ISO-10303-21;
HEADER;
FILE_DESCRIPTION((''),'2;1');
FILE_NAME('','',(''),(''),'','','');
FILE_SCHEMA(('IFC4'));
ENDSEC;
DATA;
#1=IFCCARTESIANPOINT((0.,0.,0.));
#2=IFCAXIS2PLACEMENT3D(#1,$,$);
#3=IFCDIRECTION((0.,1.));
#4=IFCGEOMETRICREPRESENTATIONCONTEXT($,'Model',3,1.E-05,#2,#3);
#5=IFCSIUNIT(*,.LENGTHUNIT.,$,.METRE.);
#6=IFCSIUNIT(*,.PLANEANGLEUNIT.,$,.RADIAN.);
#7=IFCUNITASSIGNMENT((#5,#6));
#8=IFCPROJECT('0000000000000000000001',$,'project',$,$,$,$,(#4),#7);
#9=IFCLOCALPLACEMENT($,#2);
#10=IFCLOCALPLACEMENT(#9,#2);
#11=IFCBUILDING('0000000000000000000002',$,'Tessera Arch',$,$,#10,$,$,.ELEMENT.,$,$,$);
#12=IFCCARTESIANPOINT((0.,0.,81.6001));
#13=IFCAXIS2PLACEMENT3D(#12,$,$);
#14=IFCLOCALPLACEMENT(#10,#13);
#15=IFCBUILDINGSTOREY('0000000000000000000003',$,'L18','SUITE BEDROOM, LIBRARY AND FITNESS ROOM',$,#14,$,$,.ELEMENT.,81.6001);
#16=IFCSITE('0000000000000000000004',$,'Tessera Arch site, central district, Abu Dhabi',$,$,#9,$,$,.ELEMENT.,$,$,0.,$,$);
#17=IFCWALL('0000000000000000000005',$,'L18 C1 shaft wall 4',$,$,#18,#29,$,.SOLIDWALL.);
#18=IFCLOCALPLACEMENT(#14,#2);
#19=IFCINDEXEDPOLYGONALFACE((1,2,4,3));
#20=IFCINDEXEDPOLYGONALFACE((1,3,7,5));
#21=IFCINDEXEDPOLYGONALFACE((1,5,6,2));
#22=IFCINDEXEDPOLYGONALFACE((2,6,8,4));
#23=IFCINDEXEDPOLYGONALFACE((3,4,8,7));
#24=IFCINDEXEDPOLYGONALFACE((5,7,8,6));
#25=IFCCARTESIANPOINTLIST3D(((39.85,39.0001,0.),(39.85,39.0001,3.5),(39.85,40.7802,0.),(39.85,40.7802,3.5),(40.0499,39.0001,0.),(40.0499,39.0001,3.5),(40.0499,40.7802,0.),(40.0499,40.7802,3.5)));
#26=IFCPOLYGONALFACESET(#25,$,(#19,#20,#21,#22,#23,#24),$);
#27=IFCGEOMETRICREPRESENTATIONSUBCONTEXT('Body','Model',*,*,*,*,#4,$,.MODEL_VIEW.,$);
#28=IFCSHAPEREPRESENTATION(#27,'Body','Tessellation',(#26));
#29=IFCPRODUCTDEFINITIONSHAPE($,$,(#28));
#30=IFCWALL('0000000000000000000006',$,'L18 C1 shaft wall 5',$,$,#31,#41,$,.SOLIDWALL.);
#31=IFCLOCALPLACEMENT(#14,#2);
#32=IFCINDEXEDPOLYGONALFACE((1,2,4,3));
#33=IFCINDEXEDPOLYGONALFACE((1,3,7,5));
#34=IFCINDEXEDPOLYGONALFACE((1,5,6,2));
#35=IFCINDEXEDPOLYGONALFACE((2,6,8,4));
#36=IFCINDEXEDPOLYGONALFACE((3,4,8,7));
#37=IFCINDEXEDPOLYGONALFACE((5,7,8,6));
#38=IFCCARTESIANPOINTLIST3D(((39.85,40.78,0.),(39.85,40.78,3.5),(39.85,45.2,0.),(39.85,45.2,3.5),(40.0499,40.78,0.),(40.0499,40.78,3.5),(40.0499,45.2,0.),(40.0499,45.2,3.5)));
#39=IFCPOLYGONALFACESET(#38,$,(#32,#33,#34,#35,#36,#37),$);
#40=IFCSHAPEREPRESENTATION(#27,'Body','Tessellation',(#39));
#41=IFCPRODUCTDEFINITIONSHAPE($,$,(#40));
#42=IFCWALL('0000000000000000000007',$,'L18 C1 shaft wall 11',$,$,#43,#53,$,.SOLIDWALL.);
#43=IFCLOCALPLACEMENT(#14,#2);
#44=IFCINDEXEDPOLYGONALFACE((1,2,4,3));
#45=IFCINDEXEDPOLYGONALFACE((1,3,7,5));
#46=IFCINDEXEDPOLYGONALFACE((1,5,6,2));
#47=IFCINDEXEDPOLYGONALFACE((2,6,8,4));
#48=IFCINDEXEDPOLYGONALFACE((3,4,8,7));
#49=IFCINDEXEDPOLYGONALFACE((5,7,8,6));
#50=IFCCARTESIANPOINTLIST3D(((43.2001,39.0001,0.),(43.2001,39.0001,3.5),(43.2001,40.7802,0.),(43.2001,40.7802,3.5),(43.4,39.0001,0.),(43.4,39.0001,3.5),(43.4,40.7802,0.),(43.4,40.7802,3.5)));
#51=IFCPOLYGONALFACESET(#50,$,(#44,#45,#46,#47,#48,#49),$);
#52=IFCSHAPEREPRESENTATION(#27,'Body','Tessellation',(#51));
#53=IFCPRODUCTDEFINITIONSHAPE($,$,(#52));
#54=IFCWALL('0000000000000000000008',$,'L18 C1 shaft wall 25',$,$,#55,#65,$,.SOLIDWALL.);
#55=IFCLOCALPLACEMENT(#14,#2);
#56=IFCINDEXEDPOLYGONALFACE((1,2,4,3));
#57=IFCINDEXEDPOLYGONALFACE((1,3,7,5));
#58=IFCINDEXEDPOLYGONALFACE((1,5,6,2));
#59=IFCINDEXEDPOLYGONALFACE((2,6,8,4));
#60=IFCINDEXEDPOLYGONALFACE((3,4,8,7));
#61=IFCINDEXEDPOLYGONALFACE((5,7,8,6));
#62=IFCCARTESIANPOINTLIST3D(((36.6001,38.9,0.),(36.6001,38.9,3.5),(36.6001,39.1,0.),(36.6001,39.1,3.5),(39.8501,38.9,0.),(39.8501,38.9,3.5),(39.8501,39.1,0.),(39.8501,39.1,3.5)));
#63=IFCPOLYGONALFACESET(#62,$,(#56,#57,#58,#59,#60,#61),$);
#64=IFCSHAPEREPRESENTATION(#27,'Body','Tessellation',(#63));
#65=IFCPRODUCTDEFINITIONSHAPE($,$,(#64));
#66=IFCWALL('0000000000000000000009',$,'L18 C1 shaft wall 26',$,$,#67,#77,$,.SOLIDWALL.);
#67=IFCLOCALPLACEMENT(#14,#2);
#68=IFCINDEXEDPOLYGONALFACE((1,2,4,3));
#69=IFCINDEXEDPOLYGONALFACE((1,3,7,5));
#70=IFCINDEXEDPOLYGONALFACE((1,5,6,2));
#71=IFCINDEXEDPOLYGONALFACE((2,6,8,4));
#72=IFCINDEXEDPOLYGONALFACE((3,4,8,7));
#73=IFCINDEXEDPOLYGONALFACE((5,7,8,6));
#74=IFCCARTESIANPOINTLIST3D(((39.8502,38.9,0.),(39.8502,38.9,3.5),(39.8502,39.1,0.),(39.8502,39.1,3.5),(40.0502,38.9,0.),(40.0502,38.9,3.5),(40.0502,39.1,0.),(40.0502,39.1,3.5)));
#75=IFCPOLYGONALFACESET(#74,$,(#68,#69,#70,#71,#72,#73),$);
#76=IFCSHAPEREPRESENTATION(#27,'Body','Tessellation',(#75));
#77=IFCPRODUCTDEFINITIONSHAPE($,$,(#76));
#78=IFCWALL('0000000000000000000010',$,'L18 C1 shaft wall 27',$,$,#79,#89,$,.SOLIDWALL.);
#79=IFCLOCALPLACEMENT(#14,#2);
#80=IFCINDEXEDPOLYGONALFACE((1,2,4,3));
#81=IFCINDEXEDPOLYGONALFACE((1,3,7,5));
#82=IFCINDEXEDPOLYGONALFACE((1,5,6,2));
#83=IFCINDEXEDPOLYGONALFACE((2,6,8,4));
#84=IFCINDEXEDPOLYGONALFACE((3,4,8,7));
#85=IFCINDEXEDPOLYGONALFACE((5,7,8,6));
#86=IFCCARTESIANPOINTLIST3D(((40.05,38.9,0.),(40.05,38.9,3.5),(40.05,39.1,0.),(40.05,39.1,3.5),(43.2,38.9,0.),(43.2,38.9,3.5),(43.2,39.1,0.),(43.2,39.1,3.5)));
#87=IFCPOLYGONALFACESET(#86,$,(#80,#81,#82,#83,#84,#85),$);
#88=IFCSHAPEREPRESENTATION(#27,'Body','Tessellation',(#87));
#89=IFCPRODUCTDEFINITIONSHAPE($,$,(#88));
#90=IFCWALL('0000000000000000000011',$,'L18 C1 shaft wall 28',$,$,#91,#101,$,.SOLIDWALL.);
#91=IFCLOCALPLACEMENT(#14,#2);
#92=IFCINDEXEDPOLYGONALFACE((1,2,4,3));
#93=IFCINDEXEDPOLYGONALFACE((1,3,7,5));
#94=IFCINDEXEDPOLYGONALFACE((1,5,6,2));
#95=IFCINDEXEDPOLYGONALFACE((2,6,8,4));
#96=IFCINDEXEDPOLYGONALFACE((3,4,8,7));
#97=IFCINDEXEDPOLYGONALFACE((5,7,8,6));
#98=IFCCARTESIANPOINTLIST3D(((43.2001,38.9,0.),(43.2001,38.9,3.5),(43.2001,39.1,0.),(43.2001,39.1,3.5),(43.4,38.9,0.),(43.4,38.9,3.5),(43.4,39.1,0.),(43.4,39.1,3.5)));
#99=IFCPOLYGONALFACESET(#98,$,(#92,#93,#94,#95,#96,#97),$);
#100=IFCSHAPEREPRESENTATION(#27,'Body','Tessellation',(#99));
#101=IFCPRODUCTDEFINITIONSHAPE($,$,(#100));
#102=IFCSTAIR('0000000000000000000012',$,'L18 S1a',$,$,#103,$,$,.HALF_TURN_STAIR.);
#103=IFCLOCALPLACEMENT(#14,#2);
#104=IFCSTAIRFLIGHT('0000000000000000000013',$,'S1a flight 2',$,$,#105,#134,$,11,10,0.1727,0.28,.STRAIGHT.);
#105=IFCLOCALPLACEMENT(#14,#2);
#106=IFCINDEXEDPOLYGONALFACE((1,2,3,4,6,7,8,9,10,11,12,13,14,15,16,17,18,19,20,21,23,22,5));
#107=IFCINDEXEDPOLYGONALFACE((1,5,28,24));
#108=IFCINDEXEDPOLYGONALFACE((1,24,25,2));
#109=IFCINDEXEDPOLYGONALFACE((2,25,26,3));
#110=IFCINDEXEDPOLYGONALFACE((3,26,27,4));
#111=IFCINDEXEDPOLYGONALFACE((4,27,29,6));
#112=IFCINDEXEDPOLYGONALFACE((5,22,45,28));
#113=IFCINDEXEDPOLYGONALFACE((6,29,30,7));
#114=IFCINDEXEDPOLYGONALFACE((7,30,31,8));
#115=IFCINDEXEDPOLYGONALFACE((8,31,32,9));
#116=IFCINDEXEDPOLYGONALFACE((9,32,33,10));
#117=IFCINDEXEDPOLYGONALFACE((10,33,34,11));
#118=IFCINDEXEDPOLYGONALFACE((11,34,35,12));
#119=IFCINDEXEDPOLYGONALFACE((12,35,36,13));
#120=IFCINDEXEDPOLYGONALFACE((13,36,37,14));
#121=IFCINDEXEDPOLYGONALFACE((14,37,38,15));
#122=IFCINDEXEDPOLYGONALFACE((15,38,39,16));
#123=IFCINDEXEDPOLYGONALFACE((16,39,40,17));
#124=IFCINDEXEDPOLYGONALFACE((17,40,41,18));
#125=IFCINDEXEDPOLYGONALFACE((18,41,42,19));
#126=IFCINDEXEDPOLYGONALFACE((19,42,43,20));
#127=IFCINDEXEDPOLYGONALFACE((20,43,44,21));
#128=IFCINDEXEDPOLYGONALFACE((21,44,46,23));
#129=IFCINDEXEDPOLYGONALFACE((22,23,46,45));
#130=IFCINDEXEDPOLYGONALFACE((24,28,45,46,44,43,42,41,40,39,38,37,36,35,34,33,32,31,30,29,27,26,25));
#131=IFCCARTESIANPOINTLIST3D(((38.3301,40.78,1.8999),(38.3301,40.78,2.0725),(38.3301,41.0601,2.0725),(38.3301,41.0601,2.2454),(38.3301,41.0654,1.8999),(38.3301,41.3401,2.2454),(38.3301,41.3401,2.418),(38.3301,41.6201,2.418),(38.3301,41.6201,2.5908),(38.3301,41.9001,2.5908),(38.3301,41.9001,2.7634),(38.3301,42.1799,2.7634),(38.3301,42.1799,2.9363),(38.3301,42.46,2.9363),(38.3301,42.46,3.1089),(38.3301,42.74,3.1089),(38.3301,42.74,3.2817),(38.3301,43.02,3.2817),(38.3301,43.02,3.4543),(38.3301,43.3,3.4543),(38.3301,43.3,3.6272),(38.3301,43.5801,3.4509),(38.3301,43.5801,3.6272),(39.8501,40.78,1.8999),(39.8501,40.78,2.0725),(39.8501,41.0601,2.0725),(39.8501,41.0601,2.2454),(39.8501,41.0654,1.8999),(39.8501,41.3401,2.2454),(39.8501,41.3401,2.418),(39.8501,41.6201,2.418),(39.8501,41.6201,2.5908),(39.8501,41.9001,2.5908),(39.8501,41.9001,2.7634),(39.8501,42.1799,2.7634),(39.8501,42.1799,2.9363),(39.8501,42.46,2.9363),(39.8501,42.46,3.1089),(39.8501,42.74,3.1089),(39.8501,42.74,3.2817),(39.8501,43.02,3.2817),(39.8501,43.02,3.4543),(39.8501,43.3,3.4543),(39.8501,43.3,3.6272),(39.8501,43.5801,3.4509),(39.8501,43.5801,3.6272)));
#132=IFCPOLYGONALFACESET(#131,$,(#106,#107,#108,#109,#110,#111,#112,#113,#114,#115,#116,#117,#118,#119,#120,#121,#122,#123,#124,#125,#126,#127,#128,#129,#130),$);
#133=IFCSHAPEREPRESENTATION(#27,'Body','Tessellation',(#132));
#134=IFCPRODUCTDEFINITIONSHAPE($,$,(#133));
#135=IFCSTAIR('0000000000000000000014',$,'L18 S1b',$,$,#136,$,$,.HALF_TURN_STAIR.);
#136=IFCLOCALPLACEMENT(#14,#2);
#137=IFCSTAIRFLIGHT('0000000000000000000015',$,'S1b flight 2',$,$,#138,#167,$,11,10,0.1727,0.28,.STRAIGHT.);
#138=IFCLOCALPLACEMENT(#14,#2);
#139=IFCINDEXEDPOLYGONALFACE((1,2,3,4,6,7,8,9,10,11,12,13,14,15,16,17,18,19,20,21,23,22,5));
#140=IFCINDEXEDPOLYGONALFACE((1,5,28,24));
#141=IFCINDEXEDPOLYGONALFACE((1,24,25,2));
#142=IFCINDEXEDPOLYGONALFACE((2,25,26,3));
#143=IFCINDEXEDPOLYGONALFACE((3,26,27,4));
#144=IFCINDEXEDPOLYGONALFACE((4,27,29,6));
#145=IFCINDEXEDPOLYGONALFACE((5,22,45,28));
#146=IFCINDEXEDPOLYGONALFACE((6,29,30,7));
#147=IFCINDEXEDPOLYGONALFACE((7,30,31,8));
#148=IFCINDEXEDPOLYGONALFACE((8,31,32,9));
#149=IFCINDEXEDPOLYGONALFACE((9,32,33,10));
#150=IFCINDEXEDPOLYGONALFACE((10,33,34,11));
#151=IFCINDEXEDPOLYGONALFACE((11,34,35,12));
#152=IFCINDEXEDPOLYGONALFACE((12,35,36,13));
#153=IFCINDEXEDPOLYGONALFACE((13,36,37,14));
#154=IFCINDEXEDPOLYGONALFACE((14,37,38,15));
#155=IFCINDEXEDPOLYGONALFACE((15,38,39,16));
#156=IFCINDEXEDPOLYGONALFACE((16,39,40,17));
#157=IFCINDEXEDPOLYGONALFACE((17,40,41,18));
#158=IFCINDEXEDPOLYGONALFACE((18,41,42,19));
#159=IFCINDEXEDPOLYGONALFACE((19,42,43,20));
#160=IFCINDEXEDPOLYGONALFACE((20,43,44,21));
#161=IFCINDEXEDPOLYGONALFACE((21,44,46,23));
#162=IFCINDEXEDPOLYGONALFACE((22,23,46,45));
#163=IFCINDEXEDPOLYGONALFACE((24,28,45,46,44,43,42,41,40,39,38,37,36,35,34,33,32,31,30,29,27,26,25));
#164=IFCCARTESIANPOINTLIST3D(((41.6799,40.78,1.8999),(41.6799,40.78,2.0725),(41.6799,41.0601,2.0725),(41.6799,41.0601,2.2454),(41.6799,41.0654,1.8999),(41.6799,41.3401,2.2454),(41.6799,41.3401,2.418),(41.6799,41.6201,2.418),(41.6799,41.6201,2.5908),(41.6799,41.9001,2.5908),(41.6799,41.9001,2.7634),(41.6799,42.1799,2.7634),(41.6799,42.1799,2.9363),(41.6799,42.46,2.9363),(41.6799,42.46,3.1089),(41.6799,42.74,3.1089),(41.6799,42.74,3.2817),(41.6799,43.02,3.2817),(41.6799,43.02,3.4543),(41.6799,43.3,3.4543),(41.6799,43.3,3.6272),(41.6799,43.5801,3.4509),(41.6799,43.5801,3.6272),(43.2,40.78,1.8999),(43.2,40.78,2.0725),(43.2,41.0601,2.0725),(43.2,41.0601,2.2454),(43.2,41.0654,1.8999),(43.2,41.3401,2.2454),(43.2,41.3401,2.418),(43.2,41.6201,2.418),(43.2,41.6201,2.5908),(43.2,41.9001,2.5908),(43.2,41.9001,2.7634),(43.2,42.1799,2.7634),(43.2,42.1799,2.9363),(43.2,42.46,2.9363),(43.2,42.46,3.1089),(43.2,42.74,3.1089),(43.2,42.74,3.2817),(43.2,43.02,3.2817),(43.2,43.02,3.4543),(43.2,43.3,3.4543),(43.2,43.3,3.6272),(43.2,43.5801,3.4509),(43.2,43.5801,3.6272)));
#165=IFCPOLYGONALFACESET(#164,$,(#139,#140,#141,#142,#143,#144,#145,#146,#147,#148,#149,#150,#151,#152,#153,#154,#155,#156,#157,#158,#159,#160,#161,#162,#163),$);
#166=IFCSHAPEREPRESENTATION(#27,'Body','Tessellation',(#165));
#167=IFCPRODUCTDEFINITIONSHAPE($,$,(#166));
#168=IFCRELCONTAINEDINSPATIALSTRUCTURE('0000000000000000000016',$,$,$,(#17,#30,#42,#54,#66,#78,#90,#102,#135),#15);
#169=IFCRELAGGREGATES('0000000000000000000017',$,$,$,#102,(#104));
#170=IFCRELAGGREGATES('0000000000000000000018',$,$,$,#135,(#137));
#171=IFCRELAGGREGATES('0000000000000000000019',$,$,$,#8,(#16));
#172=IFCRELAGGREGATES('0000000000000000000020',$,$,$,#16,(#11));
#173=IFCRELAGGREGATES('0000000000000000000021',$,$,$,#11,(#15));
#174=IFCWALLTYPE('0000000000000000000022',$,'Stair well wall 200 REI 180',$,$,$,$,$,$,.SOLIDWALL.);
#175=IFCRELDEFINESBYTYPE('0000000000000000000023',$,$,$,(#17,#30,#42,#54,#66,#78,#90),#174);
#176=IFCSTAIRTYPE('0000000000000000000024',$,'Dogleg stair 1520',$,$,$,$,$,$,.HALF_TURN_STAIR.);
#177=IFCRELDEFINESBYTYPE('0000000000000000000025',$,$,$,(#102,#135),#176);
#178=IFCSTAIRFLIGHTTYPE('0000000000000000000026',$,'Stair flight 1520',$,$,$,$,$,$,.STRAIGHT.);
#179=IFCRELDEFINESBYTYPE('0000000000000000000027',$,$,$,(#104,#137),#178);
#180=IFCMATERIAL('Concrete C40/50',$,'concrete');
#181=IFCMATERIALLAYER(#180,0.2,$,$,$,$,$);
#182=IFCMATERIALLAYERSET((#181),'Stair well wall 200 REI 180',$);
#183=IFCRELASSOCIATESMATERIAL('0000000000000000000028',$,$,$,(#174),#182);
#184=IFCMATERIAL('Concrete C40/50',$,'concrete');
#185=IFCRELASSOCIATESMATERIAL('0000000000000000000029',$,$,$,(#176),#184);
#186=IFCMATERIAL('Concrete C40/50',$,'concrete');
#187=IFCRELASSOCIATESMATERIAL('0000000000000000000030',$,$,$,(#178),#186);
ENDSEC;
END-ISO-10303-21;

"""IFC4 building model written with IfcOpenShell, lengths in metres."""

from ifc_helpers import new_model, si_unit, direction, frame, frame_2d, origin, place, context, subcontext, project, spatial, polyline, rectangle, outline, extrude, material, layer, layer_set, type_object, element, aggregate, save


model = new_model("IFC4")

# Units and contexts
model_context = context("Model", 3, precision=1e-05, world=origin(), true_north=direction((0.0, 1.0)))
body_context = subcontext(model_context, "Body", "Model", "MODEL_VIEW")
ifc_project = project(units=[si_unit("LENGTHUNIT", "METRE"), si_unit("PLANEANGLEUNIT", "RADIAN")], contexts=[model_context])

# Site, building, storey
site_placement = place(None, origin())
site = spatial("IfcSite", under=ifc_project, at=site_placement, Name="Tessera Arch site, central district, Abu Dhabi", CompositionType="ELEMENT", RefElevation=0.0)
building_placement = place(site_placement, origin())
building = spatial("IfcBuilding", under=site, at=building_placement, Name="Tessera Arch", CompositionType="ELEMENT")
storey_placement = place(building_placement, frame((0.0, 0.0, 81.6001)))
storey = spatial("IfcBuildingStorey", under=building, at=storey_placement, Name="L18", Description="SUITE BEDROOM, LIBRARY AND FITNESS ROOM", CompositionType="ELEMENT", Elevation=81.6001)

# Walls
ifc_material_1 = material(Name="Concrete C40/50", Category="concrete")
ifc_layer_1 = layer(ifc_material_1, 0.2)
ifc_layer_set_1 = layer_set([ifc_layer_1], Name="Stair well wall 200 REI 180")
wall_type_1 = type_object("IfcWallType", Name="Stair well wall 200 REI 180", PredefinedType="SOLIDWALL", material=ifc_layer_set_1)
wall_1_placement = place(storey_placement, frame((39.95, 39.0, 0.0), z_axis=(0.0, 0.0, 1.0), x_axis=(0.0, 1.0, 0.0)))
element("IfcWall", 1, at=wall_1_placement, inside=storey, type_object=wall_type_1, Name="L18 C1 shaft wall 4", PredefinedType="SOLIDWALL", context=body_context, shape_type="SweptSolid", body=[
    extrude(rectangle(XDim=1.78, YDim=0.2, at=frame_2d((0.8901, 0.0))), origin(), (0.0, 0.0, 1.0), 3.5),
])
wall_2_placement = place(storey_placement, frame((39.95, 40.78, 0.0), z_axis=(0.0, 0.0, 1.0), x_axis=(0.0, 1.0, 0.0)))
element("IfcWall", 2, at=wall_2_placement, inside=storey, type_object=wall_type_1, Name="L18 C1 shaft wall 5", PredefinedType="SOLIDWALL", context=body_context, shape_type="SweptSolid", body=[
    extrude(rectangle(XDim=4.4199, YDim=0.2, at=frame_2d((2.21, 0.0))), origin(), (0.0, 0.0, 1.0), 3.5),
])
wall_3_placement = place(storey_placement, frame((43.3, 39.0, 0.0), z_axis=(0.0, 0.0, 1.0), x_axis=(0.0, 1.0, 0.0)))
element("IfcWall", 3, at=wall_3_placement, inside=storey, type_object=wall_type_1, Name="L18 C1 shaft wall 11", PredefinedType="SOLIDWALL", context=body_context, shape_type="SweptSolid", body=[
    extrude(rectangle(XDim=1.78, YDim=0.2, at=frame_2d((0.8901, 0.0))), origin(), (0.0, 0.0, 1.0), 3.5),
])
wall_4_placement = place(storey_placement, frame((36.6001, 39.0, 0.0), z_axis=(0.0, 0.0, 1.0), x_axis=(1.0, 0.0, 0.0)))
element("IfcWall", 4, at=wall_4_placement, inside=storey, type_object=wall_type_1, Name="L18 C1 shaft wall 25", PredefinedType="SOLIDWALL", context=body_context, shape_type="SweptSolid", body=[
    extrude(rectangle(XDim=3.25, YDim=0.2, at=frame_2d((1.625, 0.0))), origin(), (0.0, 0.0, 1.0), 3.5),
])
wall_5_placement = place(storey_placement, frame((39.8501, 39.0, 0.0), z_axis=(0.0, 0.0, 1.0), x_axis=(1.0, 0.0, 0.0)))
element("IfcWall", 5, at=wall_5_placement, inside=storey, type_object=wall_type_1, Name="L18 C1 shaft wall 26", PredefinedType="SOLIDWALL", context=body_context, shape_type="SweptSolid", body=[
    extrude(rectangle(XDim=0.2, YDim=0.2, at=frame_2d((0.1001, 0.0))), origin(), (0.0, 0.0, 1.0), 3.5),
])
wall_6_placement = place(storey_placement, frame((40.05, 39.0, 0.0), z_axis=(0.0, 0.0, 1.0), x_axis=(1.0, 0.0, 0.0)))
element("IfcWall", 6, at=wall_6_placement, inside=storey, type_object=wall_type_1, Name="L18 C1 shaft wall 27", PredefinedType="SOLIDWALL", context=body_context, shape_type="SweptSolid", body=[
    extrude(rectangle(XDim=3.1499, YDim=0.2, at=frame_2d((1.575, 0.0))), origin(), (0.0, 0.0, 1.0), 3.5),
])
wall_7_placement = place(storey_placement, frame((43.2, 39.0, 0.0), z_axis=(0.0, 0.0, 1.0), x_axis=(1.0, 0.0, 0.0)))
element("IfcWall", 7, at=wall_7_placement, inside=storey, type_object=wall_type_1, Name="L18 C1 shaft wall 28", PredefinedType="SOLIDWALL", context=body_context, shape_type="SweptSolid", body=[
    extrude(rectangle(XDim=0.2, YDim=0.2, at=frame_2d((0.1001, 0.0))), origin(), (0.0, 0.0, 1.0), 3.5),
])

# Stairs, stair flights
ifc_material_2 = material(Name="Concrete C40/50", Category="concrete")
stair_type = type_object("IfcStairType", Name="Dogleg stair 1520", PredefinedType="HALF_TURN_STAIR", material=ifc_material_2)
stair_1_placement = place(storey_placement, origin())
stair_1 = element("IfcStair", 8, at=stair_1_placement, inside=storey, type_object=stair_type, Name="L18 S1a", PredefinedType="HALF_TURN_STAIR")
ifc_material_3 = material(Name="Concrete C40/50", Category="concrete")
stair_flight_type = type_object("IfcStairFlightType", Name="Stair flight 1520", PredefinedType="STRAIGHT", material=ifc_material_3)
stair_flight_1_placement = place(storey_placement, frame((39.0901, 40.78, 1.8999), z_axis=(0.0, 0.0, 1.0), x_axis=(0.0, 1.0, 0.0)))
stair_flight_1 = element("IfcStairFlight", 9, at=stair_flight_1_placement, type_object=stair_flight_type, Name="S1a flight 2", NumberOfRisers=11, NumberOfTreads=10, PredefinedType="STRAIGHT", RiserHeight=0.1727, TreadLength=0.28, context=body_context, shape_type="SweptSolid", body=[
    extrude(outline(polyline([(0.0, 0.0), (0.0, 0.1726), (0.28, 0.1726), (0.28, 0.3455), (0.5601, 0.3455), (0.5601, 0.5181), (0.8401, 0.5181), (0.8401, 0.6909), (1.1201, 0.6909), (1.1201, 0.8635), (1.3999, 0.8635), (1.3999, 1.0364), (1.6799, 1.0364), (1.6799, 1.209), (1.96, 1.209), (1.96, 1.3818), (2.24, 1.3818), (2.24, 1.5544), (2.52, 1.5544), (2.52, 1.7273), (2.8, 1.7273), (2.8, 1.8999), (2.8, 1.551), (0.2854, 0.0), (0.0, 0.0)])), frame((0.0, 0.76, 0.0), z_axis=(0.0, -1.0, 0.0), x_axis=(1.0, 0.0, 0.0)), (0.0, 0.0, 1.0), 1.52),
])
aggregate(stair_1, [stair_flight_1])
stair_2_placement = place(storey_placement, origin())
stair_2 = element("IfcStair", 10, at=stair_2_placement, inside=storey, type_object=stair_type, Name="L18 S1b", PredefinedType="HALF_TURN_STAIR")
stair_flight_2_placement = place(storey_placement, frame((42.4399, 40.78, 1.8999), z_axis=(0.0, 0.0, 1.0), x_axis=(0.0, 1.0, 0.0)))
stair_flight_2 = element("IfcStairFlight", 11, at=stair_flight_2_placement, type_object=stair_flight_type, Name="S1b flight 2", NumberOfRisers=11, NumberOfTreads=10, PredefinedType="STRAIGHT", RiserHeight=0.1727, TreadLength=0.28, context=body_context, shape_type="SweptSolid", body=[
    extrude(outline(polyline([(0.0, 0.0), (0.0, 0.1726), (0.28, 0.1726), (0.28, 0.3455), (0.5601, 0.3455), (0.5601, 0.5181), (0.8401, 0.5181), (0.8401, 0.6909), (1.1201, 0.6909), (1.1201, 0.8635), (1.3999, 0.8635), (1.3999, 1.0364), (1.6799, 1.0364), (1.6799, 1.209), (1.96, 1.209), (1.96, 1.3818), (2.24, 1.3818), (2.24, 1.5544), (2.52, 1.5544), (2.52, 1.7273), (2.8, 1.7273), (2.8, 1.8999), (2.8, 1.551), (0.2854, 0.0), (0.0, 0.0)])), frame((0.0, 0.76, 0.0), z_axis=(0.0, -1.0, 0.0), x_axis=(1.0, 0.0, 0.0)), (0.0, 0.0, 1.0), 1.52),
])
aggregate(stair_2, [stair_flight_2])

save(model, "model.ifc")
